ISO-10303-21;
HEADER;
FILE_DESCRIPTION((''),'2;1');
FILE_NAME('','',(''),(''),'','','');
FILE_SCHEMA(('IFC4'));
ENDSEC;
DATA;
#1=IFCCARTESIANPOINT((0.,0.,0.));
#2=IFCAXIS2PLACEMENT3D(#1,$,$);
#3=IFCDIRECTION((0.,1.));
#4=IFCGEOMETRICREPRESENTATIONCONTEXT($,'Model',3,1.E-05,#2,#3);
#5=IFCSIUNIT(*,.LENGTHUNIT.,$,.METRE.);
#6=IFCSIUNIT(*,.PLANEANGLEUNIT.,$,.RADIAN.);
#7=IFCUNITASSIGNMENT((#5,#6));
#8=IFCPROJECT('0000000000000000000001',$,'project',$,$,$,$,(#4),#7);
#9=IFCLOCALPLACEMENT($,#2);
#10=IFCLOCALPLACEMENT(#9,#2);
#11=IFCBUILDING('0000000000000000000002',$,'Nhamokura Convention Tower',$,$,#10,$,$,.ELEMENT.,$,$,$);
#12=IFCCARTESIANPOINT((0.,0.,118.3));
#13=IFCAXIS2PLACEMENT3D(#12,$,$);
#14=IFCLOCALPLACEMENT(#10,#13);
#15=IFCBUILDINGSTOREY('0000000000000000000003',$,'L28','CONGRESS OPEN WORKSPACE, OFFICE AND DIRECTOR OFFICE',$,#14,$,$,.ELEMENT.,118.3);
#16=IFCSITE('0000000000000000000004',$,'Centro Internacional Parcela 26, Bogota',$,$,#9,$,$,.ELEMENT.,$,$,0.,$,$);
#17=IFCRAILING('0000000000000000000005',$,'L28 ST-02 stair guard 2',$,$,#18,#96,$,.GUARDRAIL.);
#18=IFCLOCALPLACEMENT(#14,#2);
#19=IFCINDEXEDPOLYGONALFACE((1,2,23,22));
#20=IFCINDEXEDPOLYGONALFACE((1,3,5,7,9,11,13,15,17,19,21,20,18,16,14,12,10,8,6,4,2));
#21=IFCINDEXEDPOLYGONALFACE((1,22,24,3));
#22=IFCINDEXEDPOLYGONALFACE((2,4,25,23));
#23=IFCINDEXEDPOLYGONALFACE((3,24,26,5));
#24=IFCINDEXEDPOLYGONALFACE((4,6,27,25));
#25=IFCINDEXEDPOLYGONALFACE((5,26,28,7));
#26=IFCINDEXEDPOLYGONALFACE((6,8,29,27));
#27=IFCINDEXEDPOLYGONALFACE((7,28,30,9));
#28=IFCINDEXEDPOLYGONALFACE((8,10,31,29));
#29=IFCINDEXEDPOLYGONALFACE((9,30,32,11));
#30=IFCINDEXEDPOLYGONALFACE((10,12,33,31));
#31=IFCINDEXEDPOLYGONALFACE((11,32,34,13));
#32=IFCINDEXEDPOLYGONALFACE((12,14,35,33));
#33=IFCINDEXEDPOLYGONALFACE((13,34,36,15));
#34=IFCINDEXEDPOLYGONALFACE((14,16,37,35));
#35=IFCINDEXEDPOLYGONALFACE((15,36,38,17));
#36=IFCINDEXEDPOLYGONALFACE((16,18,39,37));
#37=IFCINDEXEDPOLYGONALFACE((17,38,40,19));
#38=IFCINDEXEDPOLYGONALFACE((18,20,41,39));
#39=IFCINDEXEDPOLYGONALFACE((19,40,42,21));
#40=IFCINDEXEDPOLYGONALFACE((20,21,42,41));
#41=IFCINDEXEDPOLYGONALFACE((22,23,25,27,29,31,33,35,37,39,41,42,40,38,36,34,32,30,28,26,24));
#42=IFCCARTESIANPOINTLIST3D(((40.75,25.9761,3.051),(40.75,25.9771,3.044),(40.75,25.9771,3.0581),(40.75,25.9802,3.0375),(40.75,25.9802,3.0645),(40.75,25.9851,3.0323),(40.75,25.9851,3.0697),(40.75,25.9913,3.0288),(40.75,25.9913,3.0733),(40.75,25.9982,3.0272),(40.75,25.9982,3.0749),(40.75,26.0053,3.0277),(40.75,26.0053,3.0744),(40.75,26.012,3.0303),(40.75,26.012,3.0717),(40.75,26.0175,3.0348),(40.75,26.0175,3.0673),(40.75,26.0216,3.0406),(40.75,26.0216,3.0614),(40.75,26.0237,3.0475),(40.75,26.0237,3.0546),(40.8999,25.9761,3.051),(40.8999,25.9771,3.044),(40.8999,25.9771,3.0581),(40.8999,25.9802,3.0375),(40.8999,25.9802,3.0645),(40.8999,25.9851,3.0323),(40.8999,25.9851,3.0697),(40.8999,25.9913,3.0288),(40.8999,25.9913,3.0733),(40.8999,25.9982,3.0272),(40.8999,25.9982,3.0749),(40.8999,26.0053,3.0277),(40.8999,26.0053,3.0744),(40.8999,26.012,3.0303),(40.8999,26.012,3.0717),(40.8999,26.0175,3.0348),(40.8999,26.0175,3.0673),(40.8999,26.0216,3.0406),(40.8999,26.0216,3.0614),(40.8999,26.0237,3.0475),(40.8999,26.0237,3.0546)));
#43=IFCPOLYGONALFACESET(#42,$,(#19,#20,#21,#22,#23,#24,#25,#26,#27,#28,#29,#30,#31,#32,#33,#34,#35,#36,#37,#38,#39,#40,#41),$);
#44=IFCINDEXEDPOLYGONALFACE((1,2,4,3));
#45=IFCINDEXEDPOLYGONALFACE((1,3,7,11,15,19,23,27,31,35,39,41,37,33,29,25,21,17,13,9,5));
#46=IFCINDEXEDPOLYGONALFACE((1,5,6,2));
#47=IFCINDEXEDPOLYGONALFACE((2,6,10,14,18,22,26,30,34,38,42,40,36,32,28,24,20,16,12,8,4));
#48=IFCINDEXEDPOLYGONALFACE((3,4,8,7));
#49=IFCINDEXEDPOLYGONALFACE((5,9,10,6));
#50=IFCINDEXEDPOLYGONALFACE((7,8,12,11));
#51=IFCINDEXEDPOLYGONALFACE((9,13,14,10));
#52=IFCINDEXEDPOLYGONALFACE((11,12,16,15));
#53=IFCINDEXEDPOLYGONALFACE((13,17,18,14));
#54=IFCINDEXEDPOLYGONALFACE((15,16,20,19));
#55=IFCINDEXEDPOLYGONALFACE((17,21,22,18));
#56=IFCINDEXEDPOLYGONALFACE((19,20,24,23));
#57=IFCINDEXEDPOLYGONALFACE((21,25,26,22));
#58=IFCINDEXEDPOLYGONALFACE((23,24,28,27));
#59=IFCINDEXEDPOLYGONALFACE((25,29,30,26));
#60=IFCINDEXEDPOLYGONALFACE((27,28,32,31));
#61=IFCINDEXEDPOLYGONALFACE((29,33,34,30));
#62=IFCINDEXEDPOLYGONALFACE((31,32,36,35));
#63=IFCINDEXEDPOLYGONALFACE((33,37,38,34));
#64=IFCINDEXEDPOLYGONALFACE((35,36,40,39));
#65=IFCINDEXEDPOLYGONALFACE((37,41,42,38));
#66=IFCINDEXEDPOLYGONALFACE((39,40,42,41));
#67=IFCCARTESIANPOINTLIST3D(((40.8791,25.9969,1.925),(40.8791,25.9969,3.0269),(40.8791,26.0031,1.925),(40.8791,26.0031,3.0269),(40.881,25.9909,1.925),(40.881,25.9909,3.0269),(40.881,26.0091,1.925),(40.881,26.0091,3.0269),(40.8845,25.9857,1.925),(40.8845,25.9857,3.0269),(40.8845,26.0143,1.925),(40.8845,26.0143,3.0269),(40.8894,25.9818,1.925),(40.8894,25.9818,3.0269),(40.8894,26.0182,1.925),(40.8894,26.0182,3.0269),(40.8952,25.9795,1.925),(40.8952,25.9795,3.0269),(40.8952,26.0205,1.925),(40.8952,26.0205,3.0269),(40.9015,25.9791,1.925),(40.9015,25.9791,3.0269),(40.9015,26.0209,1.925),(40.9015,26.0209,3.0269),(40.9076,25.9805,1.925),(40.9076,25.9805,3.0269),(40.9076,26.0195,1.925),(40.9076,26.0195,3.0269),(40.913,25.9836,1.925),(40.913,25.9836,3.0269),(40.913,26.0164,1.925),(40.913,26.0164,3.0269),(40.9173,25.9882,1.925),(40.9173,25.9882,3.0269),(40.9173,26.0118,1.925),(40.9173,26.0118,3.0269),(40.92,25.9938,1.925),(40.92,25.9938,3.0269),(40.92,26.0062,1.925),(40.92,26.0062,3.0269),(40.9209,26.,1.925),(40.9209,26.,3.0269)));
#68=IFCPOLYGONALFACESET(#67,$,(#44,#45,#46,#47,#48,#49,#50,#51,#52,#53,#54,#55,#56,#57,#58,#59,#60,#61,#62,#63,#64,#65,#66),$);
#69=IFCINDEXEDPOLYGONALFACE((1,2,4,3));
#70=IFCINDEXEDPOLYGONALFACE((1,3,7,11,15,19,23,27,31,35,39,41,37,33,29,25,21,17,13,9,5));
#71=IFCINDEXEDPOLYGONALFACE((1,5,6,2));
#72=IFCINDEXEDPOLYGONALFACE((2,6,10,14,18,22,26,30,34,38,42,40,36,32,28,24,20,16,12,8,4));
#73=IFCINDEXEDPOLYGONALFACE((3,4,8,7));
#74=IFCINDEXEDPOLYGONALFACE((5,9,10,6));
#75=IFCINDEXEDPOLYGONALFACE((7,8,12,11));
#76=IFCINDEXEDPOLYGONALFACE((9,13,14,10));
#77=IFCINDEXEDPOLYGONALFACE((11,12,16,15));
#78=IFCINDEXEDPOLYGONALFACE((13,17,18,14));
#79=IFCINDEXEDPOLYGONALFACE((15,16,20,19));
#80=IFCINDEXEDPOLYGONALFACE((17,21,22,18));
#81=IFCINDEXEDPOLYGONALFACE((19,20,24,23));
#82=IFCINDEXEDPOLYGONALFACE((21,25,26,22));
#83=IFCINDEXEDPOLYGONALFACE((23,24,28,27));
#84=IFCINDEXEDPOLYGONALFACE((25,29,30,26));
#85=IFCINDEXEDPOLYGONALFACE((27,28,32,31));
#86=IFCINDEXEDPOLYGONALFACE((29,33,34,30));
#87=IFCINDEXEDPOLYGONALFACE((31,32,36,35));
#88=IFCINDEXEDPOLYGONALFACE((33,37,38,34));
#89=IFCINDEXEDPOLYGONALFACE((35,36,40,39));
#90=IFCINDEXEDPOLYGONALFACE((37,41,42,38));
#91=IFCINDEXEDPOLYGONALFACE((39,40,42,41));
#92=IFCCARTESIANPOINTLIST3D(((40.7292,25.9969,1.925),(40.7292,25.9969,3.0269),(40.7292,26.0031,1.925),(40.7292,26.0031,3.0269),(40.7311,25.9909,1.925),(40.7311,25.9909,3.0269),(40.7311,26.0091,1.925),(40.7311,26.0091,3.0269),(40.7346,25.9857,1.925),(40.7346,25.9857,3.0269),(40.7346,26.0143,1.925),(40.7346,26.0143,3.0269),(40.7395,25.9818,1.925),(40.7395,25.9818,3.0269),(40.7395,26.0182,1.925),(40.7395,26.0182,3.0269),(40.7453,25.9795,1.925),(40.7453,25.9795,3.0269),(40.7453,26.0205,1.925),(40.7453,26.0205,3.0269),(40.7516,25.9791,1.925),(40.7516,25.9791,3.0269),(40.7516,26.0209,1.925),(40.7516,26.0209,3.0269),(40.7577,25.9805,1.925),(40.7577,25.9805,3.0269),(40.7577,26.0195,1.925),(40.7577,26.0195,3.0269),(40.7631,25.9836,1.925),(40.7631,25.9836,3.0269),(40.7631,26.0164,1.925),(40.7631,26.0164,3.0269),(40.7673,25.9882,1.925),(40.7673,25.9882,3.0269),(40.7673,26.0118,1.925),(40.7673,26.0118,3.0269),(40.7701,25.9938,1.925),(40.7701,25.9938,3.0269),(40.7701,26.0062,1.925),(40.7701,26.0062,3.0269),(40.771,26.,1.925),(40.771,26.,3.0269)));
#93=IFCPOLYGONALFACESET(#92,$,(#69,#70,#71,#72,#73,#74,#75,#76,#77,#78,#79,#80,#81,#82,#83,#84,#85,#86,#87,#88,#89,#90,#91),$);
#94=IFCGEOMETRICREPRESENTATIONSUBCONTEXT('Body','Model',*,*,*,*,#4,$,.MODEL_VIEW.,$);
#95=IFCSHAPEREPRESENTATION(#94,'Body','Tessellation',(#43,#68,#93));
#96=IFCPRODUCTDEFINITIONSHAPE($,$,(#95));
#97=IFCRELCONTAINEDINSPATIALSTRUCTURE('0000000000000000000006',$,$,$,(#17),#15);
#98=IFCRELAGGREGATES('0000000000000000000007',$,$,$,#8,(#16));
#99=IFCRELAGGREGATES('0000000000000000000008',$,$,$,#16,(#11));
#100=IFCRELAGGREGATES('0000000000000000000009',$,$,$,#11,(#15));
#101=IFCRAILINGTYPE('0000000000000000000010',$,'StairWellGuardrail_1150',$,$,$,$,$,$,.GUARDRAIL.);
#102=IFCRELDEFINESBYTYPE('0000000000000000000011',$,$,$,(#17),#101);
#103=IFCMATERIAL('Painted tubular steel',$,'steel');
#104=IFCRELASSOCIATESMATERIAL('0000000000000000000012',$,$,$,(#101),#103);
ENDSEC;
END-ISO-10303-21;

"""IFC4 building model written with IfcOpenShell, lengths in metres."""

from ifc_helpers import new_model, si_unit, direction, frame, origin, origin_2d, place, context, subcontext, project, spatial, circle, extrude, material, type_object, element, save


model = new_model("IFC4")

# Units and contexts
model_context = context("Model", 3, precision=1e-05, world=origin(), true_north=direction((0.0, 1.0)))
body_context = subcontext(model_context, "Body", "Model", "MODEL_VIEW")
ifc_project = project(units=[si_unit("LENGTHUNIT", "METRE"), si_unit("PLANEANGLEUNIT", "RADIAN")], contexts=[model_context])

# Site, building, storey
site_placement = place(None, origin())
site = spatial("IfcSite", under=ifc_project, at=site_placement, Name="Centro Internacional Parcela 26, Bogota", CompositionType="ELEMENT", RefElevation=0.0)
building_placement = place(site_placement, origin())
building = spatial("IfcBuilding", under=site, at=building_placement, Name="Nhamokura Convention Tower", CompositionType="ELEMENT")
storey_placement = place(building_placement, frame((0.0, 0.0, 118.3)))
storey = spatial("IfcBuildingStorey", under=building, at=storey_placement, Name="L28", Description="CONGRESS OPEN WORKSPACE, OFFICE AND DIRECTOR OFFICE", CompositionType="ELEMENT", Elevation=118.3)

# Railing
ifc_material_1 = material(Name="Painted tubular steel", Category="steel")
railing_type_1 = type_object("IfcRailingType", Name="StairWellGuardrail_1150", PredefinedType="GUARDRAIL", material=ifc_material_1)
railing_1_placement = place(storey_placement, frame((40.8999, 26.0, 1.925)))
element("IfcRailing", 1, at=railing_1_placement, inside=storey, type_object=railing_type_1, Name="L28 ST-02 stair guard 2", PredefinedType="GUARDRAIL", context=body_context, shape_type="SweptSolid", body=[
    extrude(circle(Radius=0.0239, at=origin_2d()), frame((0.0, 0.0, 1.126), z_axis=(-1.0, 0.0, 0.0), x_axis=(0.0, -1.0, 0.0)), (0.0, 0.0, 1.0), 0.1499),
    extrude(circle(Radius=0.021, at=origin_2d()), origin(), (0.0, 0.0, 1.0), 1.1018),
    extrude(circle(Radius=0.021, at=origin_2d()), frame((-0.1499, 0.0, 0.0)), (0.0, 0.0, 1.0), 1.1018),
])

save(model, "model.ifc")
